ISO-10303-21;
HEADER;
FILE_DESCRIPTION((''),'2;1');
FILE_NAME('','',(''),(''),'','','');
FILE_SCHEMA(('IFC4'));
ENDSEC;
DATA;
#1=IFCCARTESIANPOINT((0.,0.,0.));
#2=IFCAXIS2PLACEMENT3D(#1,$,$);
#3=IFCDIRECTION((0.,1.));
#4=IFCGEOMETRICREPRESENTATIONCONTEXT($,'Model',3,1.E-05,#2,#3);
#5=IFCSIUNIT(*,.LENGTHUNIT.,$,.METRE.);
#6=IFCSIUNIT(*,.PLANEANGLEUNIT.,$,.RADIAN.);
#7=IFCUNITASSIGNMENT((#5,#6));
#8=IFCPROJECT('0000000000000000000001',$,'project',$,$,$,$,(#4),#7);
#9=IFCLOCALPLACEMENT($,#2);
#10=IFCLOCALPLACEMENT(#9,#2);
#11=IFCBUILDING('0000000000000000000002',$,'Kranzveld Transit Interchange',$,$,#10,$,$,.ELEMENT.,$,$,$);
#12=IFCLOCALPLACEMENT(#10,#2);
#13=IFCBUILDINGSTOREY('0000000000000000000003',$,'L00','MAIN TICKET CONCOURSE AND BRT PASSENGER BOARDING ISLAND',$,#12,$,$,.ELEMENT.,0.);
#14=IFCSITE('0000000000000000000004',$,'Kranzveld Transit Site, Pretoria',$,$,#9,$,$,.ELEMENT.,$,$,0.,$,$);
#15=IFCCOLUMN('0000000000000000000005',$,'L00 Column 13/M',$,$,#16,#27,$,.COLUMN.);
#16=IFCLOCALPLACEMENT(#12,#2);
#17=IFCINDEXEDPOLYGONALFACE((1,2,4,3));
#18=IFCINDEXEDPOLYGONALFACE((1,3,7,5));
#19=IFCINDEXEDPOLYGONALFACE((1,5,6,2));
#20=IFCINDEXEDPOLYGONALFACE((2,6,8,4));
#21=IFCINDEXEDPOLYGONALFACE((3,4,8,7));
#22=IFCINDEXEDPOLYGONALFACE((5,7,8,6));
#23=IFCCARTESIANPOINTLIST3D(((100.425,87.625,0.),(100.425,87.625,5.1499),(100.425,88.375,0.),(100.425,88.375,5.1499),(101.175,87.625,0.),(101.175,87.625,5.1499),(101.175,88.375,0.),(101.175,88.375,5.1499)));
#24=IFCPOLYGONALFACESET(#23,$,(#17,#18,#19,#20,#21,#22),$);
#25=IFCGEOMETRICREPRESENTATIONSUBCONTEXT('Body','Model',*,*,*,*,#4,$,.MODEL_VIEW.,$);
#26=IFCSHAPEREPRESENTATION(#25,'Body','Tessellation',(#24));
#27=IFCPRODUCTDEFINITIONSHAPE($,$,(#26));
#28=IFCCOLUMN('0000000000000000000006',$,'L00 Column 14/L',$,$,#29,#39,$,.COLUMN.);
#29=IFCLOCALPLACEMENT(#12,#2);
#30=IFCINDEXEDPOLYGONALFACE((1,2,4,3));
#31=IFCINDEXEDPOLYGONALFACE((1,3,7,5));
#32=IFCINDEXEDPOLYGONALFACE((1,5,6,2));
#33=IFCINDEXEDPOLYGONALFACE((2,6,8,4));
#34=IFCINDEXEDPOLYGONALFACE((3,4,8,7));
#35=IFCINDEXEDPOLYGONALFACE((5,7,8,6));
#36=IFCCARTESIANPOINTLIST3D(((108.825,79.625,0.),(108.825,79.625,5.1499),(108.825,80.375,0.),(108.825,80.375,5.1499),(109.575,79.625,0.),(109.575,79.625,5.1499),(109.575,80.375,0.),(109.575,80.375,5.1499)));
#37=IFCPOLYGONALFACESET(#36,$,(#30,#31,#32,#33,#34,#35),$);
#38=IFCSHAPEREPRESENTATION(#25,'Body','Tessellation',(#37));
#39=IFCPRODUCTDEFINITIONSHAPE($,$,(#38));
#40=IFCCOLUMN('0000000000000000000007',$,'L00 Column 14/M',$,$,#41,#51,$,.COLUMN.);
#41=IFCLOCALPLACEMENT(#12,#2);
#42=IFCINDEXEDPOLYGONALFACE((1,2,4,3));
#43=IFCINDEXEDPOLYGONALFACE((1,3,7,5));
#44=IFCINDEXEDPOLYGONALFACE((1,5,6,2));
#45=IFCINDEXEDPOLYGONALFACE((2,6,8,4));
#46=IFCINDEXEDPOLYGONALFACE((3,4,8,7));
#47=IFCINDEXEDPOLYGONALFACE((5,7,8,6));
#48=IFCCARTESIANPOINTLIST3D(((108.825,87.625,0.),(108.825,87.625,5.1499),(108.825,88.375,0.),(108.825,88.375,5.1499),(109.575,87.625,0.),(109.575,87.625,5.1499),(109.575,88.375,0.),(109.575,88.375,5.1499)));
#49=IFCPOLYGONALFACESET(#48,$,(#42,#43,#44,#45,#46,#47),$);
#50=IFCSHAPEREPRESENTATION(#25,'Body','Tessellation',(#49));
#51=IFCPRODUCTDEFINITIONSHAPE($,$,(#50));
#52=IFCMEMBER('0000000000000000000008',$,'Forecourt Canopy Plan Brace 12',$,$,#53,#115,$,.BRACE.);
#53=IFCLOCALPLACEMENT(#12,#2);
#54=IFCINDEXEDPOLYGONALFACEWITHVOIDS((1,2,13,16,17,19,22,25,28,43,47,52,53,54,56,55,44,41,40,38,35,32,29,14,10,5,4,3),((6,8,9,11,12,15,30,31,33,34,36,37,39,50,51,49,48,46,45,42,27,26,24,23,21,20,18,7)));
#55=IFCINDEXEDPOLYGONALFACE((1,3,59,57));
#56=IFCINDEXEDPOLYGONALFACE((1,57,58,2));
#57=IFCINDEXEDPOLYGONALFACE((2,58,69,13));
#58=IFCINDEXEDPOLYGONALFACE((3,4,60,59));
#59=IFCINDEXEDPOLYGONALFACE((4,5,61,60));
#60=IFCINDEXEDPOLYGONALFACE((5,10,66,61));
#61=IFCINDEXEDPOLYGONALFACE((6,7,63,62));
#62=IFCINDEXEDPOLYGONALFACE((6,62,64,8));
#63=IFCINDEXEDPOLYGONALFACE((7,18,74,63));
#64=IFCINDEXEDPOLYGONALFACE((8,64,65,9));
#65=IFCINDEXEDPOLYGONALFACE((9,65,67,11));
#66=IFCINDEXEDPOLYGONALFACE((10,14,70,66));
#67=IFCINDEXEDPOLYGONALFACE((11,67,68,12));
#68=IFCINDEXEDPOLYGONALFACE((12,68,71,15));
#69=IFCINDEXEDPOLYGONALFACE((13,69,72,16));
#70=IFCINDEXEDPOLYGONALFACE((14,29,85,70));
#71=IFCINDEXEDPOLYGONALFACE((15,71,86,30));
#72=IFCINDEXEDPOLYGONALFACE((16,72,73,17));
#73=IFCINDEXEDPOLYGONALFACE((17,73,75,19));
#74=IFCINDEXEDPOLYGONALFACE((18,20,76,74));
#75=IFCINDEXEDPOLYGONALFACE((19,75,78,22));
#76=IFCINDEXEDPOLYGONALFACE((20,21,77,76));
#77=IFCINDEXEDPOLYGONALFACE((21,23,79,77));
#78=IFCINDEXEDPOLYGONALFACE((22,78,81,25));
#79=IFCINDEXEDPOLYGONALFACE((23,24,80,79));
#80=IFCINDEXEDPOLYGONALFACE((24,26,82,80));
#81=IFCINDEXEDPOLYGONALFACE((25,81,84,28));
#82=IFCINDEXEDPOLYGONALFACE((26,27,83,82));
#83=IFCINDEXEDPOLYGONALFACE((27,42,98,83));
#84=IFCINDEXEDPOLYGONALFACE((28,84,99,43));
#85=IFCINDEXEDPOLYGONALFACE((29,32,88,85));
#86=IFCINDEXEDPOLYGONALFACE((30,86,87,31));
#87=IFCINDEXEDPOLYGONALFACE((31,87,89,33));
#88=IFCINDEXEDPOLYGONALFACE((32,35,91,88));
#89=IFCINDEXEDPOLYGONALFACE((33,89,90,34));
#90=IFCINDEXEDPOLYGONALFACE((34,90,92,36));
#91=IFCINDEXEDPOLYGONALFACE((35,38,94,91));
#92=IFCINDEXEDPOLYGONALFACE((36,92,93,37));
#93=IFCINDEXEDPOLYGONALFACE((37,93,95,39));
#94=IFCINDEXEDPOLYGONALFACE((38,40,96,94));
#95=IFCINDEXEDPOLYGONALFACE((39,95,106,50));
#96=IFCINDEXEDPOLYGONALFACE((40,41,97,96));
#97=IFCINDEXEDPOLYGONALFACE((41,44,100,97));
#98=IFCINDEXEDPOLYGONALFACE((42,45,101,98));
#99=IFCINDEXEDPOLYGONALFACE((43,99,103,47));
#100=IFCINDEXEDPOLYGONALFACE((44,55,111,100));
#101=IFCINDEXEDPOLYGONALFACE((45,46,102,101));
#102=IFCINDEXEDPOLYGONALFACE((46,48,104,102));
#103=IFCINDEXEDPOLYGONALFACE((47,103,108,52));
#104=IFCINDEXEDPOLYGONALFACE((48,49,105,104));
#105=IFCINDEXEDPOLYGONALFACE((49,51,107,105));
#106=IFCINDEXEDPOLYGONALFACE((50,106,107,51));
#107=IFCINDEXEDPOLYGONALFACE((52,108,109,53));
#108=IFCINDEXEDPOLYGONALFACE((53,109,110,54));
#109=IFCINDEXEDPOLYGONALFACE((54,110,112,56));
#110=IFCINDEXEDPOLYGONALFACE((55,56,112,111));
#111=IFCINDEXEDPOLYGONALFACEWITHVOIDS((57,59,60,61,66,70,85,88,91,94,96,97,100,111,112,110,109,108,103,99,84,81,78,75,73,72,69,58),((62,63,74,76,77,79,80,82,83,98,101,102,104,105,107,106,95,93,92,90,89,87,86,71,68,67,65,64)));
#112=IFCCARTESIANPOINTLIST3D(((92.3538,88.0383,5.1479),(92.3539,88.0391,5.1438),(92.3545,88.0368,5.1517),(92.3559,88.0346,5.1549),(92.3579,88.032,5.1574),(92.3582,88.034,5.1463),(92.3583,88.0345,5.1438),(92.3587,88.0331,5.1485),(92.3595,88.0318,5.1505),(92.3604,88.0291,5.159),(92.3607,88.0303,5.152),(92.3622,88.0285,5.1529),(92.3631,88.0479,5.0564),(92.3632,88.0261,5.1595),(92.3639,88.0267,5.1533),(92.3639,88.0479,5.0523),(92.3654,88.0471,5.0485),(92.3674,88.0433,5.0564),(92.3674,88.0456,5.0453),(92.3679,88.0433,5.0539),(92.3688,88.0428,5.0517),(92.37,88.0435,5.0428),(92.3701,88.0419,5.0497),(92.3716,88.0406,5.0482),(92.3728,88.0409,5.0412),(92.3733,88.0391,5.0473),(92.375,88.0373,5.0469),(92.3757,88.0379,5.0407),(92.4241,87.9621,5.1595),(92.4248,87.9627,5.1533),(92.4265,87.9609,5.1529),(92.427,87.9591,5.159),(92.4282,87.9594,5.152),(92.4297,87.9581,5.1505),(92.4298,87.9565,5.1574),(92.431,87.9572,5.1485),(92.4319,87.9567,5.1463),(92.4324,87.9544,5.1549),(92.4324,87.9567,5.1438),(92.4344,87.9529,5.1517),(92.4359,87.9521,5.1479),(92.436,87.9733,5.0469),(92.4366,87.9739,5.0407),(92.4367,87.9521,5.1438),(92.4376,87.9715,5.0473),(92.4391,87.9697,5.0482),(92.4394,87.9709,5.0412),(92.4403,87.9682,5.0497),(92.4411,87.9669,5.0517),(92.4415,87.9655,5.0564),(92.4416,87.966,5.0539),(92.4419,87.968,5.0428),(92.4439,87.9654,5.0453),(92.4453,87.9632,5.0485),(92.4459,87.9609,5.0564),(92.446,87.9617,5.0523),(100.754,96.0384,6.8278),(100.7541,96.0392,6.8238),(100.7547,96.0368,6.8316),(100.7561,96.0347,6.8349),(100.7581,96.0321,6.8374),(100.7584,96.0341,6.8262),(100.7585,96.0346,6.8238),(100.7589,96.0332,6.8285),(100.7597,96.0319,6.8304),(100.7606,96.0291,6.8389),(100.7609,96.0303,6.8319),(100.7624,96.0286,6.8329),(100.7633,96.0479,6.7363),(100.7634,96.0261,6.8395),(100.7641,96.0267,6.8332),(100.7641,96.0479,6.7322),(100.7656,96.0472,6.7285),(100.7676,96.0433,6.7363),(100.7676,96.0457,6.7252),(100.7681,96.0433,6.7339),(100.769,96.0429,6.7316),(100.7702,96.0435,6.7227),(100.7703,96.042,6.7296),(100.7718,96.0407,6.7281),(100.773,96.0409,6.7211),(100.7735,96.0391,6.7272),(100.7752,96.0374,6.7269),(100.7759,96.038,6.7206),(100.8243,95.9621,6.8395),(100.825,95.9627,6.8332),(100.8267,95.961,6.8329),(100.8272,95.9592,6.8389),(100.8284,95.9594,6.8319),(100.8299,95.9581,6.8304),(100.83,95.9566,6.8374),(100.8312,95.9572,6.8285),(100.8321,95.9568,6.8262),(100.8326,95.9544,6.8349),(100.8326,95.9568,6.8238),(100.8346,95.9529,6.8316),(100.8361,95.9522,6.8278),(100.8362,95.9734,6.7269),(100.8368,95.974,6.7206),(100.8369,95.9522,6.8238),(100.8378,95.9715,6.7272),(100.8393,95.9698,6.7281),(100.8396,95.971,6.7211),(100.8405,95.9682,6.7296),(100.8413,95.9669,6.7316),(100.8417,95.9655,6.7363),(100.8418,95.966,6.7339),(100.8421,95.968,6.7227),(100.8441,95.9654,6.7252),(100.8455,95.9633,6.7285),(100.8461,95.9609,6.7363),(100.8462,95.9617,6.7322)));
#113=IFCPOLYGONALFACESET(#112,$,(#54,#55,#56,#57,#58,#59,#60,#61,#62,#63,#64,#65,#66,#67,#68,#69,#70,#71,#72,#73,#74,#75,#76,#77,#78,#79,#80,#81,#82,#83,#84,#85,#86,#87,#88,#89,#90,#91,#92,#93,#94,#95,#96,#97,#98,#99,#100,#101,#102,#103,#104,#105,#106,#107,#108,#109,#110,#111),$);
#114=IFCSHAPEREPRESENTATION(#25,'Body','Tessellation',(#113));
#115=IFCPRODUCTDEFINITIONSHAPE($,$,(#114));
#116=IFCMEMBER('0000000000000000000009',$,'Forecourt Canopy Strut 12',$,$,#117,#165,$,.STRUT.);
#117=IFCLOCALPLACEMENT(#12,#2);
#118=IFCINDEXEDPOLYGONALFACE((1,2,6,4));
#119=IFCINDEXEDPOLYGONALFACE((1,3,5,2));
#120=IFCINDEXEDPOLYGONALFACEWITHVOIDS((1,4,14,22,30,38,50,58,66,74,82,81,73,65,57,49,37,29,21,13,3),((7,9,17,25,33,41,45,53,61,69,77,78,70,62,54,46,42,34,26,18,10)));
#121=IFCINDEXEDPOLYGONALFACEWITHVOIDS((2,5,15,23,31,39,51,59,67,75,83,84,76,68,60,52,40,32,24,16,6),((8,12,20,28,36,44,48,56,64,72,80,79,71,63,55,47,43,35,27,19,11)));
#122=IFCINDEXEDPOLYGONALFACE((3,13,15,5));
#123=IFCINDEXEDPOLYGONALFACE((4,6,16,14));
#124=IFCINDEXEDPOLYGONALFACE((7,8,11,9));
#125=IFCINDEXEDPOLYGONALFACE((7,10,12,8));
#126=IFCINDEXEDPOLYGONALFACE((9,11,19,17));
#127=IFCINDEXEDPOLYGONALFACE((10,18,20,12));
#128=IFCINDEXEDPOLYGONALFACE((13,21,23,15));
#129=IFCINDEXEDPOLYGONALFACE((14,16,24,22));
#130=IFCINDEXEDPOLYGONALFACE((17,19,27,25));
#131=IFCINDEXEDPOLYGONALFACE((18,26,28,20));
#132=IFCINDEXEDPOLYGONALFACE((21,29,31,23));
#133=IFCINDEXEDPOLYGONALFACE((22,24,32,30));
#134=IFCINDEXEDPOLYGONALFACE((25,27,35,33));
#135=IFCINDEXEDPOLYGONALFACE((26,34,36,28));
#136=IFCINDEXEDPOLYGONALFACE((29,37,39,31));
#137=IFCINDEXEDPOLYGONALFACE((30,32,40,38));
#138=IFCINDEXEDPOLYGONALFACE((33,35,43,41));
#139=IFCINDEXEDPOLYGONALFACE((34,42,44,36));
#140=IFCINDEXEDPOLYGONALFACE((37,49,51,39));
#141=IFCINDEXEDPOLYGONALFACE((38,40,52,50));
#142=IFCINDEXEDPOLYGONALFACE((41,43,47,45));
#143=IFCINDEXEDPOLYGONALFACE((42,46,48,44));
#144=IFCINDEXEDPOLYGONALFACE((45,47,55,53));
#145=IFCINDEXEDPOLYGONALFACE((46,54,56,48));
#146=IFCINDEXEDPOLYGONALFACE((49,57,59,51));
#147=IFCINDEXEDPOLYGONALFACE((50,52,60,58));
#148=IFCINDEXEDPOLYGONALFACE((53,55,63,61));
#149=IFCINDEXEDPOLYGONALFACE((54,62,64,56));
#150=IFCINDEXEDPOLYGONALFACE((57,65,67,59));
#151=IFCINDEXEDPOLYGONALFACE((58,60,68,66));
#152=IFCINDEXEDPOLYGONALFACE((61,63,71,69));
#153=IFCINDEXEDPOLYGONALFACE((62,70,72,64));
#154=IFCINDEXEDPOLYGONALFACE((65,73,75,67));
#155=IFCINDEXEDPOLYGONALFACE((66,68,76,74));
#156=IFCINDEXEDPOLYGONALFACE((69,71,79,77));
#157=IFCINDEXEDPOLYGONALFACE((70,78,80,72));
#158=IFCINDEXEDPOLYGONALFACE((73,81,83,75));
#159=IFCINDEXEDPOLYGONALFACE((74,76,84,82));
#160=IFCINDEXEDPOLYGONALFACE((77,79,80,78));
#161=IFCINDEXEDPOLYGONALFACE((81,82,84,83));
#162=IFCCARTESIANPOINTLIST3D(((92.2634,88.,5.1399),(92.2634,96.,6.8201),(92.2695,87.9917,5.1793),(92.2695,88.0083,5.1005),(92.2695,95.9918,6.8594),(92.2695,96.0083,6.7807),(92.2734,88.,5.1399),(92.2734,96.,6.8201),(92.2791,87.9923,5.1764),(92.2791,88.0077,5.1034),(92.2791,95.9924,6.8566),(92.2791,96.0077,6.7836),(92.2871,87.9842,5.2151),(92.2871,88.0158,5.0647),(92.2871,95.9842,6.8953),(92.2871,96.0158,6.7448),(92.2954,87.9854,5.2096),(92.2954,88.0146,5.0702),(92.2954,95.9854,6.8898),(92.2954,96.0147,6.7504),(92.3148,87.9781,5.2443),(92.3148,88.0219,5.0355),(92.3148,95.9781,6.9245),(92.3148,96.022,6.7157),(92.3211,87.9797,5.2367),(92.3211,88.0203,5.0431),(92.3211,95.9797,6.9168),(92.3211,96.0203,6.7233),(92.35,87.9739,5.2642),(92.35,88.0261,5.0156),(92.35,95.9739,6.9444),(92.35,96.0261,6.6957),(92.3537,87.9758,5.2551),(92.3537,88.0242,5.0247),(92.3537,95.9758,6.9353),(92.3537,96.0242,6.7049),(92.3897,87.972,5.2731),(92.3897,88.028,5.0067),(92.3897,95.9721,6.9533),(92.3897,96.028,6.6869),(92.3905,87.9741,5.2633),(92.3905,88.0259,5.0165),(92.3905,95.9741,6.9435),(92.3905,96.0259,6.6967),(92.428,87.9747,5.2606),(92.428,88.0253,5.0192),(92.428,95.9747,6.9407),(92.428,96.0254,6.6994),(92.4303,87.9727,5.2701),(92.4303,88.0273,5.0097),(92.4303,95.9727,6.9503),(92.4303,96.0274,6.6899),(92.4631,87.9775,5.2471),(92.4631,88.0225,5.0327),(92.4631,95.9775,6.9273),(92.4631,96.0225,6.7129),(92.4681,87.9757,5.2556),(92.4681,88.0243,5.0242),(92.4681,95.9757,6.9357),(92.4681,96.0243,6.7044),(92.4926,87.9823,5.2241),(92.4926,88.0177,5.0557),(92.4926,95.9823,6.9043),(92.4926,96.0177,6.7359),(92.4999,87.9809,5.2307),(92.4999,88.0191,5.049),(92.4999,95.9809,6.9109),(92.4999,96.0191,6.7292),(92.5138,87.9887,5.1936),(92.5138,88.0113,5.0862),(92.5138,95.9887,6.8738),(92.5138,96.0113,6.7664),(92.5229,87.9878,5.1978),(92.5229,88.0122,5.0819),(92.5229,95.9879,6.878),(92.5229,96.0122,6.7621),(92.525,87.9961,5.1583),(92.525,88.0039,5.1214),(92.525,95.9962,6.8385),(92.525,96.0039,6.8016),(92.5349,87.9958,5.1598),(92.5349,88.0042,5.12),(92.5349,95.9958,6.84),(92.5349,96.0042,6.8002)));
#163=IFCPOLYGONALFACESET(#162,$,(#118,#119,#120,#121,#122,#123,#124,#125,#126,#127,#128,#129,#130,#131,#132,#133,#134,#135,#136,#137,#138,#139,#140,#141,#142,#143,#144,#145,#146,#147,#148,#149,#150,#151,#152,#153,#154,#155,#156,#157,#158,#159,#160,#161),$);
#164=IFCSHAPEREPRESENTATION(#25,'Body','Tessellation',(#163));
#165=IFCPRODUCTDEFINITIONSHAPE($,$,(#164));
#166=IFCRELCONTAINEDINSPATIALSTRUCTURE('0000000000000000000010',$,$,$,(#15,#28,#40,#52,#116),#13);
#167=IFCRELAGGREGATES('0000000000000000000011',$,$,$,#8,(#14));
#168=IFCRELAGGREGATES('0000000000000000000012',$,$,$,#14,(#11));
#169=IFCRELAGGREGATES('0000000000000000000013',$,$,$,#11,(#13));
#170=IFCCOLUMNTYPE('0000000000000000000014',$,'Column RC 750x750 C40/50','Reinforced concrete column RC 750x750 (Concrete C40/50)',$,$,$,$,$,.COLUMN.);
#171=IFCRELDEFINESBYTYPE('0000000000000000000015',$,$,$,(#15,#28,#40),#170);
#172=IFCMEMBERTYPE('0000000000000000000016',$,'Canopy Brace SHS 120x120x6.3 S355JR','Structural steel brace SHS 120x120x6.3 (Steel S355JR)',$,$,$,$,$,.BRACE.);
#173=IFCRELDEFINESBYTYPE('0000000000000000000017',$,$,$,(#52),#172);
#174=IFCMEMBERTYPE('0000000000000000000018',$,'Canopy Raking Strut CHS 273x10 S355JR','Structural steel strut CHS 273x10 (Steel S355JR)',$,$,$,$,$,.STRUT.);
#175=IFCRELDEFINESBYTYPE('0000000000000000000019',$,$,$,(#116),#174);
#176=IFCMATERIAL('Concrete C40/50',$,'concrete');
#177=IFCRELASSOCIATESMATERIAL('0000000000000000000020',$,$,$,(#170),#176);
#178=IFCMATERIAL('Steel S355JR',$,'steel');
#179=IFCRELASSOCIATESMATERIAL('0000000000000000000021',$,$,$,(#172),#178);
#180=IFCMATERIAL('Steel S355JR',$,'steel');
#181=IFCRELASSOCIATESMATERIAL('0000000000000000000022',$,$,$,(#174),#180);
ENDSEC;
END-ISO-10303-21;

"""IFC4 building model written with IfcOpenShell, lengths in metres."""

from ifc_helpers import new_model, si_unit, direction, frame, origin, origin_2d, place, context, subcontext, project, spatial, rectangle, hollow_rectangle, hollow_circle, extrude, material, material_profile, profile_set, type_object, element, save


model = new_model("IFC4")

# Units and contexts
model_context = context("Model", 3, precision=1e-05, world=origin(), true_north=direction((0.0, 1.0)))
body_context = subcontext(model_context, "Body", "Model", "MODEL_VIEW")
ifc_project = project(units=[si_unit("LENGTHUNIT", "METRE"), si_unit("PLANEANGLEUNIT", "RADIAN")], contexts=[model_context])

# Site, building, storey
site_placement = place(None, origin())
site = spatial("IfcSite", under=ifc_project, at=site_placement, Name="Kranzveld Transit Site, Pretoria", CompositionType="ELEMENT", RefElevation=0.0)
building_placement = place(site_placement, origin())
building = spatial("IfcBuilding", under=site, at=building_placement, Name="Kranzveld Transit Interchange", CompositionType="ELEMENT")
storey_placement = place(building_placement, origin())
storey = spatial("IfcBuildingStorey", under=building, at=storey_placement, Name="L00", Description="MAIN TICKET CONCOURSE AND BRT PASSENGER BOARDING ISLAND", CompositionType="ELEMENT", Elevation=0.0)

# Columns
ifc_material_1 = material(Name="Concrete C40/50", Category="concrete")
ifc_material_profile_1 = material_profile(ifc_material_1, rectangle(XDim=0.75, YDim=0.75, at=origin_2d()), Name="RC 750x750")
ifc_profile_set_1 = profile_set([ifc_material_profile_1], Name="Concrete C40/50")
column_type_1 = type_object("IfcColumnType", Name="Column RC 750x750 C40/50", Description="Reinforced concrete column RC 750x750 (Concrete C40/50)", PredefinedType="COLUMN", material=ifc_profile_set_1)
for number, where, z_axis, x_axis, name in (
    (1, (100.8, 88.0, 0.0), (0.0, 0.0, 1.0), (1.0, 0.0, 0.0), "L00 Column 13/M"),
    (2, (109.2, 80.0, 0.0), (0.0, 0.0, 1.0), (1.0, 0.0, 0.0), "L00 Column 14/L"),
    (3, (109.2, 88.0, 0.0), (0.0, 0.0, 1.0), (1.0, 0.0, 0.0), "L00 Column 14/M"),
):
    element("IfcColumn", number, at=place(storey_placement, frame(where, z_axis=z_axis, x_axis=x_axis)), inside=storey, type_object=column_type_1, Name=name, PredefinedType="COLUMN", context=body_context, shape_type="SweptSolid", body=[
        extrude(rectangle(XDim=0.75, YDim=0.75, at=origin_2d()), origin(), (0.0, 0.0, 1.0), 5.1499),
    ])

# Members
ifc_material_2 = material(Name="Steel S355JR", Category="steel")
ifc_material_profile_2 = material_profile(ifc_material_2, hollow_rectangle(XDim=0.1201, YDim=0.1201, WallThickness=0.0063, InnerFilletRadius=0.0095, OuterFilletRadius=0.0159, at=origin_2d()), Name="SHS 120x120x6.3")
ifc_profile_set_2 = profile_set([ifc_material_profile_2], Name="Steel S355JR")
member_type_1 = type_object("IfcMemberType", Name="Canopy Brace SHS 120x120x6.3 S355JR", Description="Structural steel brace SHS 120x120x6.3 (Steel S355JR)", PredefinedType="BRACE", material=ifc_profile_set_2)
member_placement = place(storey_placement, frame((92.3999, 88.0, 5.1001), z_axis=(0.716668, 0.682529, 0.143325), x_axis=(-0.689649, 0.724144, 0.0)))
element("IfcMember", 4, at=member_placement, inside=storey, type_object=member_type_1, Name="Forecourt Canopy Plan Brace 12", PredefinedType="BRACE", context=body_context, shape_type="SweptSolid", body=[
    extrude(hollow_rectangle(XDim=0.1201, YDim=0.1201, WallThickness=0.0063, InnerFilletRadius=0.0095, OuterFilletRadius=0.0159, at=origin_2d()), origin(), (0.0, 0.0, 1.0), 11.7212),
])
ifc_material_3 = material(Name="Steel S355JR", Category="steel")
ifc_material_profile_3 = material_profile(ifc_material_3, hollow_circle(Radius=0.1365, WallThickness=0.01, at=origin_2d()), Name="CHS 273x10")
ifc_profile_set_3 = profile_set([ifc_material_profile_3], Name="Steel S355JR")
member_type_2 = type_object("IfcMemberType", Name="Canopy Raking Strut CHS 273x10 S355JR", Description="Structural steel strut CHS 273x10 (Steel S355JR)", PredefinedType="STRUT", material=ifc_profile_set_3)
for number, where, z_axis, x_axis, name in (
    (5, (92.3999, 88.0, 5.1399), (0.0, 0.978649, 0.205538), (-1.0, 0.0, 0.0), "Forecourt Canopy Strut 12"),
):
    element("IfcMember", number, at=place(storey_placement, frame(where, z_axis=z_axis, x_axis=x_axis)), inside=storey, type_object=member_type_2, Name=name, PredefinedType="STRUT", context=body_context, shape_type="SweptSolid", body=[
        extrude(hollow_circle(Radius=0.1365, WallThickness=0.01, at=origin_2d()), origin(), (0.0, 0.0, 1.0), 8.1746),
    ])

save(model, "model.ifc")
